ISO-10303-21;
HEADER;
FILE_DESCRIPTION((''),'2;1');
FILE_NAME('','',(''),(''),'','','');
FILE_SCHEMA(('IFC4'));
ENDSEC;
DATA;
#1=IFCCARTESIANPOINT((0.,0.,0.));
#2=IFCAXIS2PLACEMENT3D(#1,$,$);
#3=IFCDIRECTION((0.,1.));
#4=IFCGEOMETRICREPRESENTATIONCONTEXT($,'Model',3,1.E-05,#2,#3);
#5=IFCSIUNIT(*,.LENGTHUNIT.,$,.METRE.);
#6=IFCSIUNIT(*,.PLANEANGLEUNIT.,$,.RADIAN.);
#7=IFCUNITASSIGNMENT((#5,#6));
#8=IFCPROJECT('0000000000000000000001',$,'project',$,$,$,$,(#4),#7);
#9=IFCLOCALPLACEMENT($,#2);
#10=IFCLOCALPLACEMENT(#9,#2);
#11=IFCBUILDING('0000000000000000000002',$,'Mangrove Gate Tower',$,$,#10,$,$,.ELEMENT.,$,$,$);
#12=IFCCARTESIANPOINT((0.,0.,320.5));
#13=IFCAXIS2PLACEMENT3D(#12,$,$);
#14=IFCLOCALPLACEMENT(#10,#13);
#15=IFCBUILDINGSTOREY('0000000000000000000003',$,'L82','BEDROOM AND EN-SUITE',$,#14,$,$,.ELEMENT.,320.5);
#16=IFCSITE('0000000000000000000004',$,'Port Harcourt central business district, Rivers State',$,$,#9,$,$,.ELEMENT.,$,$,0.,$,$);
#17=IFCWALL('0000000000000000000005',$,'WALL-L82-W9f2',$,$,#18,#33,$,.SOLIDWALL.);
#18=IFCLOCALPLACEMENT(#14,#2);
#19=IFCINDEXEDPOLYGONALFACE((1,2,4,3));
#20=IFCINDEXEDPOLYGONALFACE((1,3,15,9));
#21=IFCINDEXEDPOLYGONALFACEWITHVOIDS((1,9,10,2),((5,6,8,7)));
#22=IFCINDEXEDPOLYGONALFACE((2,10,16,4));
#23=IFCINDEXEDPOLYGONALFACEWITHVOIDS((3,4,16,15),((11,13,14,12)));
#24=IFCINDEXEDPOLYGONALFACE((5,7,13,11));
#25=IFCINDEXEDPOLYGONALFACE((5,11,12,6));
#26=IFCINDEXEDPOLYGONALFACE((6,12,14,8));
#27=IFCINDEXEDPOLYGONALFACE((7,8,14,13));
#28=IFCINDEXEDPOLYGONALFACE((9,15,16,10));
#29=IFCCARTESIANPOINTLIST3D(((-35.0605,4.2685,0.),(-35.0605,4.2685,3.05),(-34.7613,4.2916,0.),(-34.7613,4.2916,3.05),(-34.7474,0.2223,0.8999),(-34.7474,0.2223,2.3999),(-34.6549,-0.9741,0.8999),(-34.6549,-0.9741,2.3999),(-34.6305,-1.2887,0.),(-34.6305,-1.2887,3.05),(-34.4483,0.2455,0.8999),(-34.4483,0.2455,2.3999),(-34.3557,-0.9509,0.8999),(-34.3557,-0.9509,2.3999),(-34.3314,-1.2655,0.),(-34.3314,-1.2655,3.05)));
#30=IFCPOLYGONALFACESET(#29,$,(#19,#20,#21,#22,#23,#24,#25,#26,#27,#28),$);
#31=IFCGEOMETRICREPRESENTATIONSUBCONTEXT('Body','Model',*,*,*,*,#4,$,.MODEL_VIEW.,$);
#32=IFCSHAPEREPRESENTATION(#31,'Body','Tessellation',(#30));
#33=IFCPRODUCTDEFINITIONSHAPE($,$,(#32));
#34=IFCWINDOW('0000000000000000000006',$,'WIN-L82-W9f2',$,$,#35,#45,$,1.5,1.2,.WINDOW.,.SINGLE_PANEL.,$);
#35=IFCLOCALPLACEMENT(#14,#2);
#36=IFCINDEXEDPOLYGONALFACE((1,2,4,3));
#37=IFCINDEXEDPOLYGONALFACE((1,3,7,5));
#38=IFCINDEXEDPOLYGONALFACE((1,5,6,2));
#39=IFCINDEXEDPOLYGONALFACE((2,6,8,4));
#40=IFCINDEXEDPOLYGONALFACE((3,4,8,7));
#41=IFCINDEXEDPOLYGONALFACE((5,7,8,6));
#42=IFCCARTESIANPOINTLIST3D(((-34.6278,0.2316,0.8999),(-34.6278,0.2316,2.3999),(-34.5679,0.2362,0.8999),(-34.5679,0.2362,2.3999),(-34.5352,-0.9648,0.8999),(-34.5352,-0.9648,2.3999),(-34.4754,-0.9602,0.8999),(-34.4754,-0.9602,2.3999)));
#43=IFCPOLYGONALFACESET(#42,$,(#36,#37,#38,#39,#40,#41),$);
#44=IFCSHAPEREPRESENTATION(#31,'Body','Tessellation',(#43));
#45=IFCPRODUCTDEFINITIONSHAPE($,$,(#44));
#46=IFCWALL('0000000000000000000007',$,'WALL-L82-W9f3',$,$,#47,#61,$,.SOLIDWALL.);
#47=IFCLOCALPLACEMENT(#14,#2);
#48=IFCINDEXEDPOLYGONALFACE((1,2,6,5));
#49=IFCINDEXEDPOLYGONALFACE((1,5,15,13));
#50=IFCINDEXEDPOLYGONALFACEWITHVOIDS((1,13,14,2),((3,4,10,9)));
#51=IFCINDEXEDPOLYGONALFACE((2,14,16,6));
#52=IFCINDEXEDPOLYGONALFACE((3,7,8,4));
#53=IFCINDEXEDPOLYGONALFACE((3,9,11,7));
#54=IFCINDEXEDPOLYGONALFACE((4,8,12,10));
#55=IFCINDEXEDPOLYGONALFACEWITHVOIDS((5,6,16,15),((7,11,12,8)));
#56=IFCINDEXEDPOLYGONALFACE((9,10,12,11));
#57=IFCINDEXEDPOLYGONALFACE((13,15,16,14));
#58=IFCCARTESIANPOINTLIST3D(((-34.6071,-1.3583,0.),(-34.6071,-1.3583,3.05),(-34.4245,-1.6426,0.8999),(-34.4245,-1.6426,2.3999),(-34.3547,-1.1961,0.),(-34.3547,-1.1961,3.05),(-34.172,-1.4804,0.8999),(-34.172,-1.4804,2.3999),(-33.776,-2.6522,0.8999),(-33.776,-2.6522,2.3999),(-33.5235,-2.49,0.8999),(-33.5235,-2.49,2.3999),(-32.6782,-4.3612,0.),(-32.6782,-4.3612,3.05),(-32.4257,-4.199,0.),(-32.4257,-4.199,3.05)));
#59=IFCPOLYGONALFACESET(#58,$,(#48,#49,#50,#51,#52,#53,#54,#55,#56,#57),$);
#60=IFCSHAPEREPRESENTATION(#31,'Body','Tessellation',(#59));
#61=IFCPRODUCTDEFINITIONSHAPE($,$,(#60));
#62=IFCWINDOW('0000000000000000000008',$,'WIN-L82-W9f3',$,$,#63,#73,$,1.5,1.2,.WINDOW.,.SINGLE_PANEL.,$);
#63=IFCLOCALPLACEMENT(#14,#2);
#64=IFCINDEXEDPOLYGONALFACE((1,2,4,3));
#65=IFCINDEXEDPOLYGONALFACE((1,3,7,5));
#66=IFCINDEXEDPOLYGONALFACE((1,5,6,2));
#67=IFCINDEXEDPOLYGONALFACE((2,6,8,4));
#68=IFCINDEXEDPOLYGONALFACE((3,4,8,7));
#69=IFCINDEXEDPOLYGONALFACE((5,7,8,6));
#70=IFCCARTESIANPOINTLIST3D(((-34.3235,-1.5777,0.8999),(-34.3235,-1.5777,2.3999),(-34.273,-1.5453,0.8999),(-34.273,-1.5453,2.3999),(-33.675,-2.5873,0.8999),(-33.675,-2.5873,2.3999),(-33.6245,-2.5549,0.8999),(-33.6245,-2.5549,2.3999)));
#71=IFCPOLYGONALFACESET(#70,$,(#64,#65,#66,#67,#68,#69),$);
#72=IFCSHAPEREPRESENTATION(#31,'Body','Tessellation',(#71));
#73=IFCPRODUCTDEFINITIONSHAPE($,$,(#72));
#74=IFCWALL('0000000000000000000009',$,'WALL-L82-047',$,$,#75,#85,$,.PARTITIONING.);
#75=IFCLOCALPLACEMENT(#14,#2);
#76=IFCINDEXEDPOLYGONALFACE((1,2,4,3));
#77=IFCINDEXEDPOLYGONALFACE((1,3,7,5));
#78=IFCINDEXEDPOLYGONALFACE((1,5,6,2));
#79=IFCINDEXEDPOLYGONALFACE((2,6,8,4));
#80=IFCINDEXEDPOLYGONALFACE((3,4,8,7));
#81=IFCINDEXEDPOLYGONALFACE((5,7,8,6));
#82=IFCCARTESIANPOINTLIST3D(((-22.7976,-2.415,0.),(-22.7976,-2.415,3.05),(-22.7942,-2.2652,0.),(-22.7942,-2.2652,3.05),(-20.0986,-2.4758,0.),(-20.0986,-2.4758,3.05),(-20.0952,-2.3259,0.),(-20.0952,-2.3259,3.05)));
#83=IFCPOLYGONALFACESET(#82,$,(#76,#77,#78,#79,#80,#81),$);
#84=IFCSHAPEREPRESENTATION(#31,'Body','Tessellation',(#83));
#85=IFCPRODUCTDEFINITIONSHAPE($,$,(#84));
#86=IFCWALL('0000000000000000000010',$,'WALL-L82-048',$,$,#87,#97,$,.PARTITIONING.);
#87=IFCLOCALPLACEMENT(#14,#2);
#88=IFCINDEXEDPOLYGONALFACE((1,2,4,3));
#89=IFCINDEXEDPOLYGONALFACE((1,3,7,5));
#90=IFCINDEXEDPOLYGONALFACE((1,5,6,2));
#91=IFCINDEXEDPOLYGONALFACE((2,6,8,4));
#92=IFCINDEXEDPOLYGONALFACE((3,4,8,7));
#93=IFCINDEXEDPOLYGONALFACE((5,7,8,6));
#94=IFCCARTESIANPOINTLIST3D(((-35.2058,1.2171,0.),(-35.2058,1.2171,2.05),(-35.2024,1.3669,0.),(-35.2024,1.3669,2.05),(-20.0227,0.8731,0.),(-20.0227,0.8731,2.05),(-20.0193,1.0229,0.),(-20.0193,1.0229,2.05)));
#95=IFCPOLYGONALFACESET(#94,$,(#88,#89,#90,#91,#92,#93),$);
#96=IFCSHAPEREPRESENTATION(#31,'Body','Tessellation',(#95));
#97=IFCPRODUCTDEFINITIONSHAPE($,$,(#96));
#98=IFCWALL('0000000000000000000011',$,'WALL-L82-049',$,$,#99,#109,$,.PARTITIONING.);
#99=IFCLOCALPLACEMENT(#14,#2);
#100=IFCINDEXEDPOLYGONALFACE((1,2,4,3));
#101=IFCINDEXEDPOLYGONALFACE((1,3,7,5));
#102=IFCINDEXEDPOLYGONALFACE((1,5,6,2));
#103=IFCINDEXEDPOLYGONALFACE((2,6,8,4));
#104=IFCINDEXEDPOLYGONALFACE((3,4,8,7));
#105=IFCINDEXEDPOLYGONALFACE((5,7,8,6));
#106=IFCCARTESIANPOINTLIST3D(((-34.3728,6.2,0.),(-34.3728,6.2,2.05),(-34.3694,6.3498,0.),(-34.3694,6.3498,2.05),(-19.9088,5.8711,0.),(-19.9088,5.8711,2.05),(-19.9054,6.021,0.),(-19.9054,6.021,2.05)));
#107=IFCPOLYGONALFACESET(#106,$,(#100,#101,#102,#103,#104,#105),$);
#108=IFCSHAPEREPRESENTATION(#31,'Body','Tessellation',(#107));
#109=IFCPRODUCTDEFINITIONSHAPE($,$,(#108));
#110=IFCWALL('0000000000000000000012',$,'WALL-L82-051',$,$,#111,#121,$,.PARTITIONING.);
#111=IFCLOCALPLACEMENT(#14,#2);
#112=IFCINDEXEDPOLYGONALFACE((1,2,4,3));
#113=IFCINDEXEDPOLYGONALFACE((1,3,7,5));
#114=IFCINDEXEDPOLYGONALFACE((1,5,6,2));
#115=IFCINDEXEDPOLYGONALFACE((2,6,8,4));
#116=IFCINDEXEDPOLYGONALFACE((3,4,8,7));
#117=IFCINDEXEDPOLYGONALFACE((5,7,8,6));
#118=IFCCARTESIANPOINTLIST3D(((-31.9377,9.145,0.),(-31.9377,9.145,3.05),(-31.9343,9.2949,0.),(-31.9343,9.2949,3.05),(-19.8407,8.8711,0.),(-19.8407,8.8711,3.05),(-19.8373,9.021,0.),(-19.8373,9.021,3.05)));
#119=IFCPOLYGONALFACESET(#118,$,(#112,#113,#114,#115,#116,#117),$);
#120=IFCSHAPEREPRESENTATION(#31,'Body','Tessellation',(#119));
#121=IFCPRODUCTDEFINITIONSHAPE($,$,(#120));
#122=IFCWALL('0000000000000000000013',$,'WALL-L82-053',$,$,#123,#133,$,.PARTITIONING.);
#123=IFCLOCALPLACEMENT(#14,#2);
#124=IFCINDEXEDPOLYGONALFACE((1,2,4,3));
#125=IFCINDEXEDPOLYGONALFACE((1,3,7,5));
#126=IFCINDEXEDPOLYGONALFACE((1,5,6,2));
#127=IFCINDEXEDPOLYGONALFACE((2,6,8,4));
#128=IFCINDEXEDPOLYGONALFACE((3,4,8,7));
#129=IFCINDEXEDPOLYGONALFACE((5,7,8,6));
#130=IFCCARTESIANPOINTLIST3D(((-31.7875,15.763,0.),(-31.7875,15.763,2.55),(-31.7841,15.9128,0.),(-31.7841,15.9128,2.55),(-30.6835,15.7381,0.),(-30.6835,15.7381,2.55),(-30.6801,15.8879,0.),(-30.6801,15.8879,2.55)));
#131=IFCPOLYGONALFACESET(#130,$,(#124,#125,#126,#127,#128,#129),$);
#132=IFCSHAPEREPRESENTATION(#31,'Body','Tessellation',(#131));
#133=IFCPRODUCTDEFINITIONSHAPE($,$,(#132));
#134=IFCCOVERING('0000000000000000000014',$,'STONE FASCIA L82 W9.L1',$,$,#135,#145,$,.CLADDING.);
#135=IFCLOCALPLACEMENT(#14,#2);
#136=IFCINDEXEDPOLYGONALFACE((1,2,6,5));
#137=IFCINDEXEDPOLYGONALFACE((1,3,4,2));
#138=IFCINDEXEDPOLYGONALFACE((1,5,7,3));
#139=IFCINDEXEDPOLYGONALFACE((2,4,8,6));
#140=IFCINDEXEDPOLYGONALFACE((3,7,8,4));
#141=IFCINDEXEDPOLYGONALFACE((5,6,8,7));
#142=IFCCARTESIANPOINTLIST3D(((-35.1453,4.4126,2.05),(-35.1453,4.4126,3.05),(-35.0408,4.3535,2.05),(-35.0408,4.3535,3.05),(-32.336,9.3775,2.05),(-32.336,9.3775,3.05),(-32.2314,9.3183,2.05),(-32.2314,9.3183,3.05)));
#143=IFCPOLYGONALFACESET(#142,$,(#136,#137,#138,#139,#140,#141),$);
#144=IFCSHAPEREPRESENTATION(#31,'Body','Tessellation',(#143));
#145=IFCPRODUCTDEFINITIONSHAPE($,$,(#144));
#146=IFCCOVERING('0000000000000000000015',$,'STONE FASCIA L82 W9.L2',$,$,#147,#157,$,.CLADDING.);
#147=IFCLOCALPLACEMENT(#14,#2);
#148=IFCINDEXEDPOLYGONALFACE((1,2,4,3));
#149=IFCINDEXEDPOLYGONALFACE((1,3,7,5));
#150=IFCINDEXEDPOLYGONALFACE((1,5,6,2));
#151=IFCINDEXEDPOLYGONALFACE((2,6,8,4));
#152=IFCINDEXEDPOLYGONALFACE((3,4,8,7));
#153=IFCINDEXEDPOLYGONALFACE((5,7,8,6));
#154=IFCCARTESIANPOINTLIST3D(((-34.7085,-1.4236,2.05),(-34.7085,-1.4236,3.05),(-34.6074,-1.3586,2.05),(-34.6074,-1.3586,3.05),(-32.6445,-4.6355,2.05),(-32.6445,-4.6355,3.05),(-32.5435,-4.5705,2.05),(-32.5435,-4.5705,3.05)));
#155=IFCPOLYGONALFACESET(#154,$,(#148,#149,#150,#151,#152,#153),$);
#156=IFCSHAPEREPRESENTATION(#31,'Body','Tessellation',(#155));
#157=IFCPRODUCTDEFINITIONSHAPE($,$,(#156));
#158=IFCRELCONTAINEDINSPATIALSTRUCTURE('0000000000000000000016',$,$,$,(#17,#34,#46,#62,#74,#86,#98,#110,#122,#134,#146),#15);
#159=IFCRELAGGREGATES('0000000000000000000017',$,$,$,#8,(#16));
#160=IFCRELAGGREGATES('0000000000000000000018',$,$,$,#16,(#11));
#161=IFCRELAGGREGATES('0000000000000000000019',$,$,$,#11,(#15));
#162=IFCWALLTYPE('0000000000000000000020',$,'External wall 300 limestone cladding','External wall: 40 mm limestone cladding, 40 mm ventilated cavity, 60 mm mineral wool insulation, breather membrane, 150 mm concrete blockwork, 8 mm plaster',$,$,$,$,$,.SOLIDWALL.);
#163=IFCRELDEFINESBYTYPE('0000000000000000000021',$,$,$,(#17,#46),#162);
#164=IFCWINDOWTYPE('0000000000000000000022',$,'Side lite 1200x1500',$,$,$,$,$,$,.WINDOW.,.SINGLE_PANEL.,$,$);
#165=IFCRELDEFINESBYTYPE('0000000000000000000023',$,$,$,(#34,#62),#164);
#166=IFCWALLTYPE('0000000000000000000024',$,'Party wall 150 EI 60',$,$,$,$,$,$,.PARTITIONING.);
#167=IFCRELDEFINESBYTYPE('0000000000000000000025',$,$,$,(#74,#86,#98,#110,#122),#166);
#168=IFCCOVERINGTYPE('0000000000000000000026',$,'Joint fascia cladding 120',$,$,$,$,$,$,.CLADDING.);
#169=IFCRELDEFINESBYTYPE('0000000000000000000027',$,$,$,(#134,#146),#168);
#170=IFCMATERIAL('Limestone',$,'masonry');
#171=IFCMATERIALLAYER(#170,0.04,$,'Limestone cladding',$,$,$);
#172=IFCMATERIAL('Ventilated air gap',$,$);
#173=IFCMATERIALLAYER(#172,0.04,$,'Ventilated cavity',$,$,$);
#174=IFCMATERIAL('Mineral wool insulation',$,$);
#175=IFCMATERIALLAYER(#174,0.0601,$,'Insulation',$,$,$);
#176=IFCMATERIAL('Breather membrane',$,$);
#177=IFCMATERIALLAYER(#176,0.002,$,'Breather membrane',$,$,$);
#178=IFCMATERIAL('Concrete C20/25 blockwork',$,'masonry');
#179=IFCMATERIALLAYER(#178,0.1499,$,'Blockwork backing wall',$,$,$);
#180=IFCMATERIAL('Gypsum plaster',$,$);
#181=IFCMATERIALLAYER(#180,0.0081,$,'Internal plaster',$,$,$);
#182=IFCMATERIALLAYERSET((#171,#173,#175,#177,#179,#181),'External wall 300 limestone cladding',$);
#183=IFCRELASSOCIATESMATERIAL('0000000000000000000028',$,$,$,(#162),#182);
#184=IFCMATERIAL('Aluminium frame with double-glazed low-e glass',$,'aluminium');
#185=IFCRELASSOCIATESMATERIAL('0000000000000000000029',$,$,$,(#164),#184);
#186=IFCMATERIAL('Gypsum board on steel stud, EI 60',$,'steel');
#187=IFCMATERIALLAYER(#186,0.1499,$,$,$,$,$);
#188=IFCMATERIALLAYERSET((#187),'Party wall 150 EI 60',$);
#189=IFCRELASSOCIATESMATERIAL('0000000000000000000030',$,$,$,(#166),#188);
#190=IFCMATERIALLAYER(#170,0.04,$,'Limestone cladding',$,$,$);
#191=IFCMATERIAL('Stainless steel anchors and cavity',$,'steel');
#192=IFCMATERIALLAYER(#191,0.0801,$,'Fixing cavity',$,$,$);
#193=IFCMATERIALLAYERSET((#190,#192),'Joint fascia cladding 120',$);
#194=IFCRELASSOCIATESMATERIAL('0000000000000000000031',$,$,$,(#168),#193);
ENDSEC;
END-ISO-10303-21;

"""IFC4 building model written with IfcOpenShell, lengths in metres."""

from ifc_helpers import new_model, si_unit, direction, frame, frame_2d, origin, place, context, subcontext, project, spatial, rectangle, extrude, material, layer, layer_set, type_object, element, fill, save


model = new_model("IFC4")

# Units and contexts
model_context = context("Model", 3, precision=1e-05, world=origin(), true_north=direction((0.0, 1.0)))
body_context = subcontext(model_context, "Body", "Model", "MODEL_VIEW")
ifc_project = project(units=[si_unit("LENGTHUNIT", "METRE"), si_unit("PLANEANGLEUNIT", "RADIAN")], contexts=[model_context])

# Site, building, storey
site_placement = place(None, origin())
site = spatial("IfcSite", under=ifc_project, at=site_placement, Name="Port Harcourt central business district, Rivers State", CompositionType="ELEMENT", RefElevation=0.0)
building_placement = place(site_placement, origin())
building = spatial("IfcBuilding", under=site, at=building_placement, Name="Mangrove Gate Tower", CompositionType="ELEMENT")
storey_placement = place(building_placement, frame((0.0, 0.0, 320.5)))
storey = spatial("IfcBuildingStorey", under=building, at=storey_placement, Name="L82", Description="BEDROOM AND EN-SUITE", CompositionType="ELEMENT", Elevation=320.5)

# Walls, openings, windows
ifc_material_1 = material(Name="Limestone", Category="masonry")
ifc_layer_1 = layer(ifc_material_1, 0.04, Name="Limestone cladding")
ifc_material_2 = material(Name="Ventilated air gap")
ifc_layer_2 = layer(ifc_material_2, 0.04, Name="Ventilated cavity")
ifc_material_3 = material(Name="Mineral wool insulation")
ifc_layer_3 = layer(ifc_material_3, 0.0601, Name="Insulation")
ifc_material_4 = material(Name="Breather membrane")
ifc_layer_4 = layer(ifc_material_4, 0.002, Name="Breather membrane")
ifc_material_5 = material(Name="Concrete C20/25 blockwork", Category="masonry")
ifc_layer_5 = layer(ifc_material_5, 0.1499, Name="Blockwork backing wall")
ifc_material_6 = material(Name="Gypsum plaster")
ifc_layer_6 = layer(ifc_material_6, 0.0081, Name="Internal plaster")
ifc_layer_set_1 = layer_set([ifc_layer_1, ifc_layer_2, ifc_layer_3, ifc_layer_4, ifc_layer_5, ifc_layer_6], Name="External wall 300 limestone cladding")
wall_type_1 = type_object("IfcWallType", Name="External wall 300 limestone cladding", Description="External wall: 40 mm limestone cladding, 40 mm ventilated cavity, 60 mm mineral wool insulation, breather membrane, 150 mm concrete blockwork, 8 mm plaster", PredefinedType="SOLIDWALL", material=ifc_layer_set_1)
ifc_material_7 = material(Name="Aluminium frame with double-glazed low-e glass", Category="aluminium")
window_type_1 = type_object("IfcWindowType", Name="Side lite 1200x1500", PartitioningType="SINGLE_PANEL", PredefinedType="WINDOW", material=ifc_material_7)
wall_1_placement = place(storey_placement, frame((-34.9109, 4.28, 0.0), z_axis=(0.0, 0.0, 1.0), x_axis=(0.077135, -0.997021, 0.0)))
wall_1 = element("IfcWall", 1, at=wall_1_placement, inside=storey, type_object=wall_type_1, Name="WALL-L82-W9f2", PredefinedType="SOLIDWALL", context=body_context, shape_type="SweptSolid", body=[
    extrude(rectangle(XDim=5.5737, YDim=0.3, at=frame_2d((2.7869, 0.0))), origin(), (0.0, 0.0, 1.0), 3.05),
])
opening_1_placement = place(wall_1_placement, frame((4.0581, 0.0, 0.8999)))
opening_1 = element("IfcOpeningElement", 2, at=opening_1_placement, cuts=wall_1, PredefinedType="OPENING", context=body_context, shape_type="SweptSolid", body=[
    extrude(rectangle(XDim=1.2, YDim=1.5, at=frame_2d((0.6001, 0.75))), frame((0.0, 0.1599, 0.0), z_axis=(0.0, -1.0, 0.0), x_axis=(1.0, 0.0, 0.0)), (0.0, 0.0, 1.0), 0.3201),
])
window_1_placement = place(opening_1_placement, origin())
window_1 = element("IfcWindow", 3, at=window_1_placement, inside=storey, type_object=window_type_1, Name="WIN-L82-W9f2", OverallHeight=1.5, OverallWidth=1.2, PartitioningType="SINGLE_PANEL", PredefinedType="WINDOW", context=body_context, shape_type="SweptSolid", body=[
    extrude(rectangle(XDim=1.2, YDim=1.5, at=frame_2d((0.6001, 0.75))), frame((0.0, 0.03, 0.0), z_axis=(0.0, -1.0, 0.0), x_axis=(1.0, 0.0, 0.0)), (0.0, 0.0, 1.0), 0.0601),
])
fill(opening_1, window_1)
wall_2_placement = place(storey_placement, frame((-34.481, -1.2771, 0.0), z_axis=(0.0, 0.0, 1.0), x_axis=(0.54046, -0.84137, 0.0)))
wall_2 = element("IfcWall", 4, at=wall_2_placement, inside=storey, type_object=wall_type_1, Name="WALL-L82-W9f3", PredefinedType="SOLIDWALL", context=body_context, shape_type="SweptSolid", body=[
    extrude(rectangle(XDim=3.5691, YDim=0.3, at=frame_2d((1.7847, 0.0))), origin(), (0.0, 0.0, 1.0), 3.05),
])
opening_2_placement = place(wall_2_placement, frame((0.3379, 0.0, 0.8999)))
opening_2 = element("IfcOpeningElement", 5, at=opening_2_placement, cuts=wall_2, PredefinedType="OPENING", context=body_context, shape_type="SweptSolid", body=[
    extrude(rectangle(XDim=1.2, YDim=1.5, at=frame_2d((0.6001, 0.75))), frame((0.0, 0.1599, 0.0), z_axis=(0.0, -1.0, 0.0), x_axis=(1.0, 0.0, 0.0)), (0.0, 0.0, 1.0), 0.3201),
])
window_2_placement = place(opening_2_placement, origin())
window_2 = element("IfcWindow", 6, at=window_2_placement, inside=storey, type_object=window_type_1, Name="WIN-L82-W9f3", OverallHeight=1.5, OverallWidth=1.2, PartitioningType="SINGLE_PANEL", PredefinedType="WINDOW", context=body_context, shape_type="SweptSolid", body=[
    extrude(rectangle(XDim=1.2, YDim=1.5, at=frame_2d((0.6001, 0.75))), frame((0.0, 0.03, 0.0), z_axis=(0.0, -1.0, 0.0), x_axis=(1.0, 0.0, 0.0)), (0.0, 0.0, 1.0), 0.0601),
])
fill(opening_2, window_2)

# Walls
ifc_material_8 = material(Name="Gypsum board on steel stud, EI 60", Category="steel")
ifc_layer_7 = layer(ifc_material_8, 0.1499)
ifc_layer_set_2 = layer_set([ifc_layer_7], Name="Party wall 150 EI 60")
wall_type_2 = type_object("IfcWallType", Name="Party wall 150 EI 60", PredefinedType="PARTITIONING", material=ifc_layer_set_2)
wall_3_placement = place(storey_placement, frame((-22.7959, -2.3401, 0.0), z_axis=(0.0, 0.0, 1.0), x_axis=(0.999746, -0.022518, 0.0)))
element("IfcWall", 7, at=wall_3_placement, inside=storey, type_object=wall_type_2, Name="WALL-L82-047", PredefinedType="PARTITIONING", context=body_context, shape_type="SweptSolid", body=[
    extrude(rectangle(XDim=2.6997, YDim=0.1499, at=frame_2d((1.3499, 0.0))), origin(), (0.0, 0.0, 1.0), 3.05),
])
wall_4_placement = place(storey_placement, frame((-35.2041, 1.292, 0.0), z_axis=(0.0, 0.0, 1.0), x_axis=(0.999743, -0.022651, 0.0)))
element("IfcWall", 8, at=wall_4_placement, inside=storey, type_object=wall_type_2, Name="WALL-L82-048", PredefinedType="PARTITIONING", context=body_context, shape_type="SweptSolid", body=[
    extrude(rectangle(XDim=15.187, YDim=0.1499, at=frame_2d((7.5935, 0.0))), origin(), (0.0, 0.0, 1.0), 2.05),
])
wall_5_placement = place(storey_placement, frame((-34.3711, 6.2749, 0.0), z_axis=(0.0, 0.0, 1.0), x_axis=(0.999742, -0.02273, 0.0)))
element("IfcWall", 9, at=wall_5_placement, inside=storey, type_object=wall_type_2, Name="WALL-L82-049", PredefinedType="PARTITIONING", context=body_context, shape_type="SweptSolid", body=[
    extrude(rectangle(XDim=14.4678, YDim=0.1499, at=frame_2d((7.2339, 0.0))), origin(), (0.0, 0.0, 1.0), 2.05),
])
wall_6_placement = place(storey_placement, frame((-31.936, 9.22, 0.0), z_axis=(0.0, 0.0, 1.0), x_axis=(0.999744, -0.022638, 0.0)))
element("IfcWall", 10, at=wall_6_placement, inside=storey, type_object=wall_type_2, Name="WALL-L82-051", PredefinedType="PARTITIONING", context=body_context, shape_type="SweptSolid", body=[
    extrude(rectangle(XDim=12.1001, YDim=0.1499, at=frame_2d((6.05, 0.0))), origin(), (0.0, 0.0, 1.0), 3.05),
])
wall_7_placement = place(storey_placement, frame((-31.7859, 15.8379, 0.0), z_axis=(0.0, 0.0, 1.0), x_axis=(0.999746, -0.022551, 0.0)))
element("IfcWall", 11, at=wall_7_placement, inside=storey, type_object=wall_type_2, Name="WALL-L82-053", PredefinedType="PARTITIONING", context=body_context, shape_type="SweptSolid", body=[
    extrude(rectangle(XDim=1.1042, YDim=0.1499, at=frame_2d((0.5522, 0.0))), origin(), (0.0, 0.0, 1.0), 2.55),
])

# Coverings
ifc_layer_8 = layer(ifc_material_1, 0.04, Name="Limestone cladding")
ifc_material_9 = material(Name="Stainless steel anchors and cavity", Category="steel")
ifc_layer_9 = layer(ifc_material_9, 0.0801, Name="Fixing cavity")
ifc_layer_set_3 = layer_set([ifc_layer_8, ifc_layer_9], Name="Joint fascia cladding 120")
covering_type = type_object("IfcCoveringType", Name="Joint fascia cladding 120", PredefinedType="CLADDING", material=ifc_layer_set_3)
covering_1_placement = place(storey_placement, frame((-32.2837, 9.3479, 2.05), z_axis=(0.0, 0.0, 1.0), x_axis=(-0.49247, -0.870329, 0.0)))
element("IfcCovering", 12, at=covering_1_placement, inside=storey, type_object=covering_type, Name="STONE FASCIA L82 W9.L1", PredefinedType="CLADDING", context=body_context, shape_type="SweptSolid", body=[
    extrude(rectangle(XDim=5.7046, YDim=0.1201, at=frame_2d((2.8523, 0.0))), origin(), (0.0, 0.0, 1.0), 1.0),
])
covering_2_placement = place(storey_placement, frame((-34.658, -1.3911, 2.05), z_axis=(0.0, 0.0, 1.0), x_axis=(0.540602, -0.841278, 0.0)))
element("IfcCovering", 13, at=covering_2_placement, inside=storey, type_object=covering_type, Name="STONE FASCIA L82 W9.L2", PredefinedType="CLADDING", context=body_context, shape_type="SweptSolid", body=[
    extrude(rectangle(XDim=3.8179, YDim=0.1201, at=frame_2d((1.9089, 0.0))), origin(), (0.0, 0.0, 1.0), 1.0),
])

save(model, "model.ifc")
